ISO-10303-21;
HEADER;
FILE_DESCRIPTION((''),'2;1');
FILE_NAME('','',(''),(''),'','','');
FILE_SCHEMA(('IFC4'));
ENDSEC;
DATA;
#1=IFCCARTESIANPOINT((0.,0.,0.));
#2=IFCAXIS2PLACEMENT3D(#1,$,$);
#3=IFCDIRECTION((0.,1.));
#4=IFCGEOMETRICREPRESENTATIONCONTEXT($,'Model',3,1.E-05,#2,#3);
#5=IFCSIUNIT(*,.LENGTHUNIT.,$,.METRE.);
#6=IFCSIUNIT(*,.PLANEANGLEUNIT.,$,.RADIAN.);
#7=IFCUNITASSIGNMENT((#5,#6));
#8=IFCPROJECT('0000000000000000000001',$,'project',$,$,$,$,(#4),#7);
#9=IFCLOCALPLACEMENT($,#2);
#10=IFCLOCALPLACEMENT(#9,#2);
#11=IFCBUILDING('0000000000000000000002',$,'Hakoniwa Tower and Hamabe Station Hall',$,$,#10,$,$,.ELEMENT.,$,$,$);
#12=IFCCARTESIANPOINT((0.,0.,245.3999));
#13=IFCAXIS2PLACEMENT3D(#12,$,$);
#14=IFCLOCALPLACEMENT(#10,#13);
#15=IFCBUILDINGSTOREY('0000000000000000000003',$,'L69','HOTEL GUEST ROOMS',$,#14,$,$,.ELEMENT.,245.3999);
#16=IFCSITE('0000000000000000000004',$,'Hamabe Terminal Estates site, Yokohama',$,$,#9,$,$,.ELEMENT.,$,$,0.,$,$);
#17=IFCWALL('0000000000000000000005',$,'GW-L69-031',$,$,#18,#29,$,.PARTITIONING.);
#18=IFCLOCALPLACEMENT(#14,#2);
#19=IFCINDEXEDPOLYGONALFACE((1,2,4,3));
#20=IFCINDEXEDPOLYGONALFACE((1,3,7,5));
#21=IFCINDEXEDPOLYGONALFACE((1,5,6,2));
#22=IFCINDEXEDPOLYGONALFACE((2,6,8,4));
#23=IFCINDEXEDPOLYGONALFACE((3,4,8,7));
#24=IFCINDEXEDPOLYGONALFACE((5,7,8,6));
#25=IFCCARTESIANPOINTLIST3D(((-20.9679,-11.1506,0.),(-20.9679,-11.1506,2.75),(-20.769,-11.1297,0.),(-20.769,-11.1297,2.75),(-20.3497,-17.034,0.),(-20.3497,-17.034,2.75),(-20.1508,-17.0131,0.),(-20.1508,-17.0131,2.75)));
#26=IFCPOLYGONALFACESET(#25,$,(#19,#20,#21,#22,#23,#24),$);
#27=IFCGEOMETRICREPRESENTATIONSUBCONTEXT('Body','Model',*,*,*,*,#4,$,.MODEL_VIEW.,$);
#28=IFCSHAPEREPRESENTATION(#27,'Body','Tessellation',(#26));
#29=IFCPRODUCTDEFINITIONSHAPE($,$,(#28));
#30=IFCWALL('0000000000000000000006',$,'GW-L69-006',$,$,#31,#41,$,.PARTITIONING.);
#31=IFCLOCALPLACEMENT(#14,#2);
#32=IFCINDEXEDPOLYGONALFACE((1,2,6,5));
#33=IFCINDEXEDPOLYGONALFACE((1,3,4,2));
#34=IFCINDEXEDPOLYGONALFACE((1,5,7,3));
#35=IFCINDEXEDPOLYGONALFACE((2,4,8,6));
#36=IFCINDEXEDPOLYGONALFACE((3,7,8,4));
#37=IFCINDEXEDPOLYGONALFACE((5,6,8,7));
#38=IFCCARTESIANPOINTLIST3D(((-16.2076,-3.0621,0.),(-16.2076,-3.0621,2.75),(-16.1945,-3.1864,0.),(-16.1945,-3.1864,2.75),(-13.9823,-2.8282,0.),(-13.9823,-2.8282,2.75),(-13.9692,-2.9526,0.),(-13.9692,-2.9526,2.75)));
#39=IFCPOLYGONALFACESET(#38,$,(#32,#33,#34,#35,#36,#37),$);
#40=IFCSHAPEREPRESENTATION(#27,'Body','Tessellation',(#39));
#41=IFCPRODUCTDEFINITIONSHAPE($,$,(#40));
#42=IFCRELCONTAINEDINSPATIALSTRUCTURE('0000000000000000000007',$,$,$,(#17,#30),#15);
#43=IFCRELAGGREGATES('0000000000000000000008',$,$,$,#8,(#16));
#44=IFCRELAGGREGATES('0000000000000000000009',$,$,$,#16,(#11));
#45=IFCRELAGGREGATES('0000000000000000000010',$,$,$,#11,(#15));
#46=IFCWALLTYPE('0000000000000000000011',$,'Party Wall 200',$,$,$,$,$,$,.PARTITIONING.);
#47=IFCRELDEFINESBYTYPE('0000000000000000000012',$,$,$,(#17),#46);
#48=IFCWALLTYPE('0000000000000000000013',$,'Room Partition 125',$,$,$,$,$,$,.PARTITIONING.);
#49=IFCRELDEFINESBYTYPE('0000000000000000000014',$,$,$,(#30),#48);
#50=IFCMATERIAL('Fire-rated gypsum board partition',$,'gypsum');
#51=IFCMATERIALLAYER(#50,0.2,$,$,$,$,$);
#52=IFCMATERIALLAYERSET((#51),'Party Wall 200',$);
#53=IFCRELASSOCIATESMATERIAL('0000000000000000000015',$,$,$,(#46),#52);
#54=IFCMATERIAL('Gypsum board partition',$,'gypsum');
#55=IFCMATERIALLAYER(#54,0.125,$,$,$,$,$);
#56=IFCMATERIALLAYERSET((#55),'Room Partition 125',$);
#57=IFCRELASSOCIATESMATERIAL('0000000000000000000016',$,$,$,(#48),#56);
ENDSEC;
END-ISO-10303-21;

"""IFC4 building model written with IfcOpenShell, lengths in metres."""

from ifc_helpers import new_model, si_unit, direction, frame, frame_2d, origin, place, context, subcontext, project, spatial, rectangle, extrude, material, layer, layer_set, type_object, element, save


model = new_model("IFC4")

# Units and contexts
model_context = context("Model", 3, precision=1e-05, world=origin(), true_north=direction((0.0, 1.0)))
body_context = subcontext(model_context, "Body", "Model", "MODEL_VIEW")
ifc_project = project(units=[si_unit("LENGTHUNIT", "METRE"), si_unit("PLANEANGLEUNIT", "RADIAN")], contexts=[model_context])

# Site, building, storey
site_placement = place(None, origin())
site = spatial("IfcSite", under=ifc_project, at=site_placement, Name="Hamabe Terminal Estates site, Yokohama", CompositionType="ELEMENT", RefElevation=0.0)
building_placement = place(site_placement, origin())
building = spatial("IfcBuilding", under=site, at=building_placement, Name="Hakoniwa Tower and Hamabe Station Hall", CompositionType="ELEMENT")
storey_placement = place(building_placement, frame((0.0, 0.0, 245.3999)))
storey = spatial("IfcBuildingStorey", under=building, at=storey_placement, Name="L69", Description="HOTEL GUEST ROOMS", CompositionType="ELEMENT", Elevation=245.3999)

# Walls
ifc_material_1 = material(Name="Fire-rated gypsum board partition", Category="gypsum")
ifc_layer_1 = layer(ifc_material_1, 0.2)
ifc_layer_set_1 = layer_set([ifc_layer_1], Name="Party Wall 200")
wall_type_1 = type_object("IfcWallType", Name="Party Wall 200", PredefinedType="PARTITIONING", material=ifc_layer_set_1)
for number, where, z_axis, x_axis, name in (
    (1, (-20.2502, -17.0237, 0.0), (0.0, 0.0, 1.0), (-0.104496, 0.994525, 0.0), "GW-L69-031"),
):
    element("IfcWall", number, at=place(storey_placement, frame(where, z_axis=z_axis, x_axis=x_axis)), inside=storey, type_object=wall_type_1, Name=name, PredefinedType="PARTITIONING", context=body_context, shape_type="SweptSolid", body=[
        extrude(rectangle(XDim=5.9158, YDim=0.2, at=frame_2d((2.958, 0.0))), origin(), (0.0, 0.0, 1.0), 2.75),
    ])
ifc_material_2 = material(Name="Gypsum board partition", Category="gypsum")
ifc_layer_2 = layer(ifc_material_2, 0.125)
ifc_layer_set_2 = layer_set([ifc_layer_2], Name="Room Partition 125")
wall_type_2 = type_object("IfcWallType", Name="Room Partition 125", PredefinedType="PARTITIONING", material=ifc_layer_set_2)
wall_1_placement = place(storey_placement, frame((-16.2009, -3.1243, 0.0), z_axis=(0.0, 0.0, 1.0), x_axis=(0.994522, 0.104526, 0.0)))
element("IfcWall", 2, at=wall_1_placement, inside=storey, type_object=wall_type_2, Name="GW-L69-006", PredefinedType="PARTITIONING", context=body_context, shape_type="SweptSolid", body=[
    extrude(rectangle(XDim=2.2375, YDim=0.125, at=frame_2d((1.1187, 0.0))), origin(), (0.0, 0.0, 1.0), 2.75),
])

save(model, "model.ifc")
